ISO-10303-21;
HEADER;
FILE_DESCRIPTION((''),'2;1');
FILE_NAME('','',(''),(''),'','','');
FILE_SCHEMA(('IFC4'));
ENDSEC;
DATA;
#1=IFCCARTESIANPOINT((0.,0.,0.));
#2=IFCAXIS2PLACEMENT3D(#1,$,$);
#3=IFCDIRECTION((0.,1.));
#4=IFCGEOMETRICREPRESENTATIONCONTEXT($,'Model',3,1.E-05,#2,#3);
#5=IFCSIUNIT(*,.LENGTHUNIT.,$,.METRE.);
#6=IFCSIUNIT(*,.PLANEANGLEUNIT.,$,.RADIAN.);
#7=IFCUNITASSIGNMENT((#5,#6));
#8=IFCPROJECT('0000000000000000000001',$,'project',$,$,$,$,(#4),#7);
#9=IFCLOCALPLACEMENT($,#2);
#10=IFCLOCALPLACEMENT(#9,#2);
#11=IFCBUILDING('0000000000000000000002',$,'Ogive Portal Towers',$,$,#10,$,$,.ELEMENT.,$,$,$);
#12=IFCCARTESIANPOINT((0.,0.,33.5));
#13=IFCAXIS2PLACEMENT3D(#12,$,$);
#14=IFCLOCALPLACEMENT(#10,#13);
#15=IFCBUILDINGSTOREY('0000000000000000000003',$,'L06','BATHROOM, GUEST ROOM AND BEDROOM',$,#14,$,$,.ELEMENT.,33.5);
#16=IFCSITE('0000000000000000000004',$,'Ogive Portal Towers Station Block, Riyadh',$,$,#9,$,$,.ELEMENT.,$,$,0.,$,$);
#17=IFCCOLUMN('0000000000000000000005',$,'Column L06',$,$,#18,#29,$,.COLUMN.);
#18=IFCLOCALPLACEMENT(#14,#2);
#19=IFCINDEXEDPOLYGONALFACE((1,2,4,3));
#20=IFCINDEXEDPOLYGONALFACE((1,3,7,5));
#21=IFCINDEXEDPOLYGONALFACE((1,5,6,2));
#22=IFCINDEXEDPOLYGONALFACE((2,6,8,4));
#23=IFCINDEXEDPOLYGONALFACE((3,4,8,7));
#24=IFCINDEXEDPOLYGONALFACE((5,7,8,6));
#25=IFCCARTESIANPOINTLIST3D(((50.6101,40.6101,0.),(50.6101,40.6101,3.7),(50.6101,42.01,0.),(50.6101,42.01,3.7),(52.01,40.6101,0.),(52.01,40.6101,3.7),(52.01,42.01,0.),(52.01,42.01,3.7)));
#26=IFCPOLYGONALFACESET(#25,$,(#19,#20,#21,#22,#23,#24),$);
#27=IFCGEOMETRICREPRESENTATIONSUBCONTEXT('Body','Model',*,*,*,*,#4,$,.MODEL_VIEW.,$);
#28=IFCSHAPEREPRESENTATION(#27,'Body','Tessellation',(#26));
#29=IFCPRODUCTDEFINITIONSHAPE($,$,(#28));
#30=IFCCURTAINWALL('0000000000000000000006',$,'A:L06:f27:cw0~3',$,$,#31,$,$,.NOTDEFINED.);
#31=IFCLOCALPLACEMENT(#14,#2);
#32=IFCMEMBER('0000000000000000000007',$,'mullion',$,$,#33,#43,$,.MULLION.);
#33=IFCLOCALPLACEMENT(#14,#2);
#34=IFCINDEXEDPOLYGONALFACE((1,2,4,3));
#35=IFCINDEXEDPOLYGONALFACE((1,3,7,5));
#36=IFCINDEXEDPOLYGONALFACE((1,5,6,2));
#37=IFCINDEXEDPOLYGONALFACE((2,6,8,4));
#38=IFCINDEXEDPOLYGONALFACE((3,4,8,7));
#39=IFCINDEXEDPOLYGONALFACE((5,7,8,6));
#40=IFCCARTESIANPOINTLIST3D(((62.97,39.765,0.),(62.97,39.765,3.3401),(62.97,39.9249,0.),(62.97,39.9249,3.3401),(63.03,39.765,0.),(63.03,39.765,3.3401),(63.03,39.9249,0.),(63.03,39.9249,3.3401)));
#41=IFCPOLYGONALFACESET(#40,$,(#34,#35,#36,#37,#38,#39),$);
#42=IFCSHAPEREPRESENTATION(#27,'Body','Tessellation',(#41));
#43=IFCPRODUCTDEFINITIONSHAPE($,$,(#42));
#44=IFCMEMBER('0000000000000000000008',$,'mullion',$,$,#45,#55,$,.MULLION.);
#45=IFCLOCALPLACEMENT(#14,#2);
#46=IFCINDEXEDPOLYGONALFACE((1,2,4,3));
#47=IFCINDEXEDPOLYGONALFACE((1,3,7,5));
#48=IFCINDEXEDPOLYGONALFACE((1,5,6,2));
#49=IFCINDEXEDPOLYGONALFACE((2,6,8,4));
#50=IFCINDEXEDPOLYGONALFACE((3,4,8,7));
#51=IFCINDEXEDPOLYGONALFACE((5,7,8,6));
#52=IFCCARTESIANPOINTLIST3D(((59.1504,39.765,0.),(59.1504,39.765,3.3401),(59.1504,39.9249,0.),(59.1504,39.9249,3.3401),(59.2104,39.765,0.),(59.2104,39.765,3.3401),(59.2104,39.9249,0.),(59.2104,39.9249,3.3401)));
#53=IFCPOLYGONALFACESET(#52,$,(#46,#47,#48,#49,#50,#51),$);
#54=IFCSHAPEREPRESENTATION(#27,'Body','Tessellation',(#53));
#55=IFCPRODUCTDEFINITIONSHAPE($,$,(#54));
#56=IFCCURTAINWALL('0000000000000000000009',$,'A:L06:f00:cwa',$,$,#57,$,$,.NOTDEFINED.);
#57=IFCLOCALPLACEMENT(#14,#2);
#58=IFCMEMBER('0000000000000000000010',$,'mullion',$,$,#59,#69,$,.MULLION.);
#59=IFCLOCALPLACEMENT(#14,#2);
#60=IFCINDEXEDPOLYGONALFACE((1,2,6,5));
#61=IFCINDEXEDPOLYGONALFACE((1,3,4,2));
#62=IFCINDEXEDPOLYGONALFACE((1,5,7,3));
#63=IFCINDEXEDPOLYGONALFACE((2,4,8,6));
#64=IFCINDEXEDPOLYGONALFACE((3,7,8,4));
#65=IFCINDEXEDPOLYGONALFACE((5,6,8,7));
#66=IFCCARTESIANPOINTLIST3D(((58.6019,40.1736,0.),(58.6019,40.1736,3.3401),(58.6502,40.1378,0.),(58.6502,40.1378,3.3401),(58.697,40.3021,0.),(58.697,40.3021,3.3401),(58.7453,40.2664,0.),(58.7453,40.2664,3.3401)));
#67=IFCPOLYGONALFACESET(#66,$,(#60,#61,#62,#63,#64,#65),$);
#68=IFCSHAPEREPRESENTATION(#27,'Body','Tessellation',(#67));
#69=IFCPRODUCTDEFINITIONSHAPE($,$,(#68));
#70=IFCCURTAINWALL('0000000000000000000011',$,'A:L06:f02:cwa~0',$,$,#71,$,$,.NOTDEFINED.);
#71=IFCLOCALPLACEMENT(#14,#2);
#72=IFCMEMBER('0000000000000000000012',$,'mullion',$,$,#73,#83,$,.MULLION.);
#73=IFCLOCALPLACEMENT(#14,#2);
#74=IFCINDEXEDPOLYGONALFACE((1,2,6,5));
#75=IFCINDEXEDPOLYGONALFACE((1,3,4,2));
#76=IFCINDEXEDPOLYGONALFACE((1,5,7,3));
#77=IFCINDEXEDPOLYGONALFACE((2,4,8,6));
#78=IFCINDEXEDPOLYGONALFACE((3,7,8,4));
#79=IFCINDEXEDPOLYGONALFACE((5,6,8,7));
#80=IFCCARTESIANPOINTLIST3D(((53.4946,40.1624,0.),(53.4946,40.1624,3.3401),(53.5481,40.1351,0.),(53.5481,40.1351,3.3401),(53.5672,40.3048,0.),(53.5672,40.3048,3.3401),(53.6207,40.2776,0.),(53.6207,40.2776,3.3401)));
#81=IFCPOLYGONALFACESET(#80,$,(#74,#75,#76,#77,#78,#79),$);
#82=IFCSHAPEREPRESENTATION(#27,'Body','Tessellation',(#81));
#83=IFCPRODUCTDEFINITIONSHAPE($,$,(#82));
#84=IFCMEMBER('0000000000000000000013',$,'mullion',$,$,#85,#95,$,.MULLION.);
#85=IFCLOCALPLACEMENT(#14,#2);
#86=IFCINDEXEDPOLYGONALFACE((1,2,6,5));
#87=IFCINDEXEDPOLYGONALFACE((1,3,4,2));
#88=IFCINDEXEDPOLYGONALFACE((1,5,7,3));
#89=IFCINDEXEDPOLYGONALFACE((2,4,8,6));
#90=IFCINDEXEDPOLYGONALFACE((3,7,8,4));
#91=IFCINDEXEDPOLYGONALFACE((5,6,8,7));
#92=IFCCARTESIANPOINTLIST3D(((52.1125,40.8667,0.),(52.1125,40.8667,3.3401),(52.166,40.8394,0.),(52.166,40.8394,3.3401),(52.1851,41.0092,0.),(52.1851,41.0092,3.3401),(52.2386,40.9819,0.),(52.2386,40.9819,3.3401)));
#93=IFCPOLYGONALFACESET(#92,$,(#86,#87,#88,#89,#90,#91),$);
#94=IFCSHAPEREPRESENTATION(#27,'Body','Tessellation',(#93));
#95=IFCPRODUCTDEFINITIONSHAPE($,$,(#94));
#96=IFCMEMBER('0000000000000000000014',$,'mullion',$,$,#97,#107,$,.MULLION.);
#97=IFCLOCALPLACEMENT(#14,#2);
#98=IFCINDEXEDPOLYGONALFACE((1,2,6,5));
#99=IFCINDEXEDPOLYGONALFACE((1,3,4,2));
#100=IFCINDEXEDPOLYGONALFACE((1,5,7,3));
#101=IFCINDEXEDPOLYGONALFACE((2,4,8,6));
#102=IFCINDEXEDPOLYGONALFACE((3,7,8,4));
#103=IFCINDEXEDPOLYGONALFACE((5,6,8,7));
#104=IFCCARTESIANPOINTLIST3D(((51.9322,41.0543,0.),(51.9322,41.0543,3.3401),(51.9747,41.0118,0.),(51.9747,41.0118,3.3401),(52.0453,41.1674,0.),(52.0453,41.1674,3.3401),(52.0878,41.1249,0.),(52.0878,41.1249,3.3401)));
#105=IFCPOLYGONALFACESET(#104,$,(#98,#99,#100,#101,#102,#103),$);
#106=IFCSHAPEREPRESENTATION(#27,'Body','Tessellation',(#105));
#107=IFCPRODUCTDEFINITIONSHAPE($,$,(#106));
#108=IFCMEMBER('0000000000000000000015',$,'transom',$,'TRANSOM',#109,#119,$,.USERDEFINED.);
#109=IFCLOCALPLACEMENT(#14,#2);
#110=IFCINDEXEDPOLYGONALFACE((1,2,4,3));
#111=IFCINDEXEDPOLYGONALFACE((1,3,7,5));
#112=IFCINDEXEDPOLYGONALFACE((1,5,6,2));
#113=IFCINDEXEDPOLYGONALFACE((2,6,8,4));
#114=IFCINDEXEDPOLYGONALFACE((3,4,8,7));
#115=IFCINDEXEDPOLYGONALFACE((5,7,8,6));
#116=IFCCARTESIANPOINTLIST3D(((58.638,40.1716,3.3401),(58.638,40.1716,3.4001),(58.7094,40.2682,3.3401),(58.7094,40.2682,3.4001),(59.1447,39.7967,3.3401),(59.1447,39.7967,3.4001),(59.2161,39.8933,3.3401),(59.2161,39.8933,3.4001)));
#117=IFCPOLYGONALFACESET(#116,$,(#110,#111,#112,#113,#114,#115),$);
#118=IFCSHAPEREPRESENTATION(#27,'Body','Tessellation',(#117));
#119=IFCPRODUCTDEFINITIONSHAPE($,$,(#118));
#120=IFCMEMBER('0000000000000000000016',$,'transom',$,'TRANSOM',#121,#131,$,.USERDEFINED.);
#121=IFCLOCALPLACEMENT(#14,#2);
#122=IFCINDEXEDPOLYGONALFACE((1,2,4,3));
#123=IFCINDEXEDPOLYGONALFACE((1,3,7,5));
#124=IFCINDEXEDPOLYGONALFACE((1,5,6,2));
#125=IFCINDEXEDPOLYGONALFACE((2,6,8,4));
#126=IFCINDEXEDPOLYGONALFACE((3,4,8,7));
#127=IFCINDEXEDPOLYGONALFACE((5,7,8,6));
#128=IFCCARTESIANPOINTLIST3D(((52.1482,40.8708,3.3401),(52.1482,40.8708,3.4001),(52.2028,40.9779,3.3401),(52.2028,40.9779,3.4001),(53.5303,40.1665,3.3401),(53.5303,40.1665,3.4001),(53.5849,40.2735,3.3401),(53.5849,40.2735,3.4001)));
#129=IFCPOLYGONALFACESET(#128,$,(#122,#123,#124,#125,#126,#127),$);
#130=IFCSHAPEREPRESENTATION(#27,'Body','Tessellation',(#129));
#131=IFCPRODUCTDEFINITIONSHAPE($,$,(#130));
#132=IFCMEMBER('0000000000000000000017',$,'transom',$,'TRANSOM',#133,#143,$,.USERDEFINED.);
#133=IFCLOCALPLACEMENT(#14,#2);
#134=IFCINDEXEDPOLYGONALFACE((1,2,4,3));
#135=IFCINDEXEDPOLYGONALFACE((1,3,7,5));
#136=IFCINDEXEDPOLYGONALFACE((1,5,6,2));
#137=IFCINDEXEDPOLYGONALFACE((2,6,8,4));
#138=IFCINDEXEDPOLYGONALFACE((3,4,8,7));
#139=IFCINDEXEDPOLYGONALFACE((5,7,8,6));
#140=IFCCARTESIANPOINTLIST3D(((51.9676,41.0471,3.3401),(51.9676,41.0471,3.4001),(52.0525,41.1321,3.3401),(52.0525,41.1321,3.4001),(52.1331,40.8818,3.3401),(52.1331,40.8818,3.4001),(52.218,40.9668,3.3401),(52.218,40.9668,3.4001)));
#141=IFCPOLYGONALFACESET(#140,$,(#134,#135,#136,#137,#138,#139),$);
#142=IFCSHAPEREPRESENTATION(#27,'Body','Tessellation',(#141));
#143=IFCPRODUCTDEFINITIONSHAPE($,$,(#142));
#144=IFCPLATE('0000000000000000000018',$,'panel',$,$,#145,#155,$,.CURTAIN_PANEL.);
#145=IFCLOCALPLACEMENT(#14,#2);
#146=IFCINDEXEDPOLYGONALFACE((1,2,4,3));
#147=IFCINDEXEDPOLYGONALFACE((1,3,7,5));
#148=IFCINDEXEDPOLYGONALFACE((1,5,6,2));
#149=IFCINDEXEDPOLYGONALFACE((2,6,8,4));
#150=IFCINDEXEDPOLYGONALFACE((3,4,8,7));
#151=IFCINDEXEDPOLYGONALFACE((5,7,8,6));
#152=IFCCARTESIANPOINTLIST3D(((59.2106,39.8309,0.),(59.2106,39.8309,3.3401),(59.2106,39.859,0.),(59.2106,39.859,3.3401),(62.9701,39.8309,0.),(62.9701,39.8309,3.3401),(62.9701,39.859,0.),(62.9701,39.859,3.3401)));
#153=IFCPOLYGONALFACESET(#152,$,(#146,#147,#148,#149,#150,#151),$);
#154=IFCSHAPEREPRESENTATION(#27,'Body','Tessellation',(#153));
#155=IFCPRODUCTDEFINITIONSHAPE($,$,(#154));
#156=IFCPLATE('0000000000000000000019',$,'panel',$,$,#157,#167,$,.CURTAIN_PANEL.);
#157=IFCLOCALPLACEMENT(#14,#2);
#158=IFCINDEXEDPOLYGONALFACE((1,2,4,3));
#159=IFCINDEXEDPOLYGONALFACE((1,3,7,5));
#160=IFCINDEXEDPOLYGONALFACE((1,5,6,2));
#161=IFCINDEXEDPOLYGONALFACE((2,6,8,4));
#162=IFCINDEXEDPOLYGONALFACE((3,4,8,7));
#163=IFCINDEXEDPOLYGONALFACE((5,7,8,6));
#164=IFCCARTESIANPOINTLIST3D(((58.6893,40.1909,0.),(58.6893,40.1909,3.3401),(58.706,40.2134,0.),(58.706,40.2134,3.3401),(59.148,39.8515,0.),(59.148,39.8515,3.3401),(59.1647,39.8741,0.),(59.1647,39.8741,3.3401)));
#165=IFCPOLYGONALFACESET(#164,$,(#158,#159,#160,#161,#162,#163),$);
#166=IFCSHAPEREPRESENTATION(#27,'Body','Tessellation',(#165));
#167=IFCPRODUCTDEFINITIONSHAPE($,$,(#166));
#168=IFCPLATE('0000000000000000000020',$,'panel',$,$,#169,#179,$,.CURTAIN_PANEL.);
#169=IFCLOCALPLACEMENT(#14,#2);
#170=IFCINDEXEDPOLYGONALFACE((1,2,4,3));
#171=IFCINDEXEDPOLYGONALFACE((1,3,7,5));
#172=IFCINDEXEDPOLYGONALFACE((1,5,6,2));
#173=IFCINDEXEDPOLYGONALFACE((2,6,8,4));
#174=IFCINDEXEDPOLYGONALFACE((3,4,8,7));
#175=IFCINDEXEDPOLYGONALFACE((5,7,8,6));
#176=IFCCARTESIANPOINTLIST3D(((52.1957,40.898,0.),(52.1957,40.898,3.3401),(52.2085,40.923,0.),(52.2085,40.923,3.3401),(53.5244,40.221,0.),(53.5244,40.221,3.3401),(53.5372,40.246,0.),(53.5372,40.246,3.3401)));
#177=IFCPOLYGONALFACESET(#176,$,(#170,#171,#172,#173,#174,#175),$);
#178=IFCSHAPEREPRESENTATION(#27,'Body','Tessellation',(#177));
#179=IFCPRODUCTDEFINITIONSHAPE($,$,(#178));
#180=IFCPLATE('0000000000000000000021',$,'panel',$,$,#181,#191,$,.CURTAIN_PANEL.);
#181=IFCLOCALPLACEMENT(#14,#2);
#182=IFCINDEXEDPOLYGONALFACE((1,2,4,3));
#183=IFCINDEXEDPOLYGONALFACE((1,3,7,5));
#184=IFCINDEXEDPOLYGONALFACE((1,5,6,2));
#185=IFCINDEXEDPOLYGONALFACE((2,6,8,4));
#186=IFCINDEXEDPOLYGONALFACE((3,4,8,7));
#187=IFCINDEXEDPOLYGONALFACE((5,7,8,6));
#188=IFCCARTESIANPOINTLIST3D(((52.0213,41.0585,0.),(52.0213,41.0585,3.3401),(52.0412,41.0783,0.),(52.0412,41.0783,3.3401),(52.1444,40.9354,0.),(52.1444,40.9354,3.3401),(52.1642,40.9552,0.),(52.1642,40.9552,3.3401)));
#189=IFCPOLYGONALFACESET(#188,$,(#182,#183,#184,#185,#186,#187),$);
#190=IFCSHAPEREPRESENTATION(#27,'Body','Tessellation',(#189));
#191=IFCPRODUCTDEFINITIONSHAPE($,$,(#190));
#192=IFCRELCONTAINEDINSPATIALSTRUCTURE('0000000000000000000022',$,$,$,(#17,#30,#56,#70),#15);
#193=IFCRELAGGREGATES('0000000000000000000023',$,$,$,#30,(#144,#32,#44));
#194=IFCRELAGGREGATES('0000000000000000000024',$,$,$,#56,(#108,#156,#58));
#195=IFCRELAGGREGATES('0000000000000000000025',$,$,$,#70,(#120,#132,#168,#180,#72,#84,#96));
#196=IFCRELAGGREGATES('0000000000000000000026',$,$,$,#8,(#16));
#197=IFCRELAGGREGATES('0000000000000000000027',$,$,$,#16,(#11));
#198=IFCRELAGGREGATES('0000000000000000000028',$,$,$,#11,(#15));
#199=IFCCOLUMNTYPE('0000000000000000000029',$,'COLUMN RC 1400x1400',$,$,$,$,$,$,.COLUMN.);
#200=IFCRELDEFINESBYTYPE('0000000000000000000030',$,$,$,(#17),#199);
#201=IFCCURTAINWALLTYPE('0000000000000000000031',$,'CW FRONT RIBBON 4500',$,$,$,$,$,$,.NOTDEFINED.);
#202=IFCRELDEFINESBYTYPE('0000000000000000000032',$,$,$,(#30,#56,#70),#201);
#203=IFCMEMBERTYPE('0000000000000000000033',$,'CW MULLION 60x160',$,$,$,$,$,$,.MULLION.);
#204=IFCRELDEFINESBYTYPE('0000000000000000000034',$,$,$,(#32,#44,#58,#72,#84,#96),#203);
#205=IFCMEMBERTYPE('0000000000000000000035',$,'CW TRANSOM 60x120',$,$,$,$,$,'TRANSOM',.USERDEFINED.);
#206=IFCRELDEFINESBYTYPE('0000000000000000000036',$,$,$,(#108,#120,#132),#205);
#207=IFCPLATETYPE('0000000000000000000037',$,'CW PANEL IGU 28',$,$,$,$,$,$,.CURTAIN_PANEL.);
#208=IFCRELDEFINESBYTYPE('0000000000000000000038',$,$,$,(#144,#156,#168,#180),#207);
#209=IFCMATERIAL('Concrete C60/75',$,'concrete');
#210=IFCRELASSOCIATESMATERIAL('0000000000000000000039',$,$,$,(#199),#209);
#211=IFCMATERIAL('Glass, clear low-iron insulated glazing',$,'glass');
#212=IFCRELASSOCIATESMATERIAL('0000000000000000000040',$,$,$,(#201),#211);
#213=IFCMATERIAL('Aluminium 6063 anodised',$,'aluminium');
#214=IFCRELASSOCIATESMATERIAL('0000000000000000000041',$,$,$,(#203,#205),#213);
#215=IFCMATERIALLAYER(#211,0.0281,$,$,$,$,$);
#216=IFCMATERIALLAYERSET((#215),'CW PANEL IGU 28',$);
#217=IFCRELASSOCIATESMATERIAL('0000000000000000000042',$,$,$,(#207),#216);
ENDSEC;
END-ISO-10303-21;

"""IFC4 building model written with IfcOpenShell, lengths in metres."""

from ifc_helpers import new_model, si_unit, direction, frame, origin, origin_2d, place, context, subcontext, project, spatial, rectangle, extrude, material, layer, layer_set, material_profile, profile_set, type_object, element, aggregate, save


model = new_model("IFC4")

# Units and contexts
model_context = context("Model", 3, precision=1e-05, world=origin(), true_north=direction((0.0, 1.0)))
body_context = subcontext(model_context, "Body", "Model", "MODEL_VIEW")
ifc_project = project(units=[si_unit("LENGTHUNIT", "METRE"), si_unit("PLANEANGLEUNIT", "RADIAN")], contexts=[model_context])

# Site, building, storey
site_placement = place(None, origin())
site = spatial("IfcSite", under=ifc_project, at=site_placement, Name="Ogive Portal Towers Station Block, Riyadh", CompositionType="ELEMENT", RefElevation=0.0)
building_placement = place(site_placement, origin())
building = spatial("IfcBuilding", under=site, at=building_placement, Name="Ogive Portal Towers", CompositionType="ELEMENT")
storey_placement = place(building_placement, frame((0.0, 0.0, 33.5)))
storey = spatial("IfcBuildingStorey", under=building, at=storey_placement, Name="L06", Description="BATHROOM, GUEST ROOM AND BEDROOM", CompositionType="ELEMENT", Elevation=33.5)

# Column
ifc_material_1 = material(Name="Concrete C60/75", Category="concrete")
ifc_material_profile_1 = material_profile(ifc_material_1, rectangle(XDim=1.3999, YDim=1.3999, at=origin_2d()), Name="RC 1400x1400")
ifc_profile_set_1 = profile_set([ifc_material_profile_1], Name="Concrete C60/75")
column_type = type_object("IfcColumnType", Name="COLUMN RC 1400x1400", PredefinedType="COLUMN", material=ifc_profile_set_1)
column_placement = place(storey_placement, frame((51.3101, 41.3101, 0.0), z_axis=(0.0, 0.0, 1.0), x_axis=(1.0, 0.0, 0.0)))
element("IfcColumn", 1, at=column_placement, inside=storey, type_object=column_type, Name="Column L06", PredefinedType="COLUMN", context=body_context, shape_type="SweptSolid", body=[
    extrude(rectangle(XDim=1.3999, YDim=1.3999, at=origin_2d()), origin(), (0.0, 0.0, 1.0), 3.7),
])

# Curtain wall, members
ifc_material_2 = material(Name="Glass, clear low-iron insulated glazing", Category="glass")
curtain_wall_type = type_object("IfcCurtainWallType", Name="CW FRONT RIBBON 4500", PredefinedType="NOTDEFINED", material=ifc_material_2)
curtain_wall_1_placement = place(storey_placement, origin())
curtain_wall_1 = element("IfcCurtainWall", 2, at=curtain_wall_1_placement, inside=storey, type_object=curtain_wall_type, Name="A:L06:f27:cw0~3", PredefinedType="NOTDEFINED")
ifc_material_3 = material(Name="Aluminium 6063 anodised", Category="aluminium")
ifc_material_profile_2 = material_profile(ifc_material_3, rectangle(XDim=0.1599, YDim=0.0601, at=origin_2d()), Name="AL 60x160")
ifc_profile_set_2 = profile_set([ifc_material_profile_2], Name="Aluminium 6063 anodised")
member_type_1 = type_object("IfcMemberType", Name="CW MULLION 60x160", PredefinedType="MULLION", material=ifc_profile_set_2)
member_1_placement = place(storey_placement, frame((63.0, 39.845, 0.0), z_axis=(0.0, 0.0, 1.0), x_axis=(0.0, -1.0, 0.0)))
member_1 = element("IfcMember", 3, at=member_1_placement, type_object=member_type_1, Name="mullion", PredefinedType="MULLION", context=body_context, shape_type="SweptSolid", body=[
    extrude(rectangle(XDim=0.1599, YDim=0.0601, at=origin_2d()), origin(), (0.0, 0.0, 1.0), 3.3401),
])
member_2_placement = place(storey_placement, frame((59.1804, 39.845, 0.0), z_axis=(0.0, 0.0, 1.0), x_axis=(0.0, -1.0, 0.0)))
member_2 = element("IfcMember", 4, at=member_2_placement, type_object=member_type_1, Name="mullion", PredefinedType="MULLION", context=body_context, shape_type="SweptSolid", body=[
    extrude(rectangle(XDim=0.1599, YDim=0.0601, at=origin_2d()), origin(), (0.0, 0.0, 1.0), 3.3401),
])

# Curtain wall, member
curtain_wall_2_placement = place(storey_placement, origin())
curtain_wall_2 = element("IfcCurtainWall", 5, at=curtain_wall_2_placement, inside=storey, type_object=curtain_wall_type, Name="A:L06:f00:cwa", PredefinedType="NOTDEFINED")
member_3_placement = place(storey_placement, frame((58.6736, 40.22, 0.0), z_axis=(0.0, 0.0, 1.0), x_axis=(-0.594809, -0.803867, 0.0)))
member_3 = element("IfcMember", 6, at=member_3_placement, type_object=member_type_1, Name="mullion", PredefinedType="MULLION", context=body_context, shape_type="SweptSolid", body=[
    extrude(rectangle(XDim=0.1599, YDim=0.0601, at=origin_2d()), origin(), (0.0, 0.0, 1.0), 3.3401),
])

# Curtain wall, members
curtain_wall_3_placement = place(storey_placement, origin())
curtain_wall_3 = element("IfcCurtainWall", 7, at=curtain_wall_3_placement, inside=storey, type_object=curtain_wall_type, Name="A:L06:f02:cwa~0", PredefinedType="NOTDEFINED")
member_4_placement = place(storey_placement, frame((53.5576, 40.22, 0.0), z_axis=(0.0, 0.0, 1.0), x_axis=(-0.45399, -0.891007, 0.0)))
member_4 = element("IfcMember", 8, at=member_4_placement, type_object=member_type_1, Name="mullion", PredefinedType="MULLION", context=body_context, shape_type="SweptSolid", body=[
    extrude(rectangle(XDim=0.1599, YDim=0.0601, at=origin_2d()), origin(), (0.0, 0.0, 1.0), 3.3401),
])
member_5_placement = place(storey_placement, frame((52.1755, 40.9243, 0.0), z_axis=(0.0, 0.0, 1.0), x_axis=(-0.45399, -0.891007, 0.0)))
member_5 = element("IfcMember", 9, at=member_5_placement, type_object=member_type_1, Name="mullion", PredefinedType="MULLION", context=body_context, shape_type="SweptSolid", body=[
    extrude(rectangle(XDim=0.1599, YDim=0.0601, at=origin_2d()), origin(), (0.0, 0.0, 1.0), 3.3401),
])
member_6_placement = place(storey_placement, frame((52.01, 41.0896, 0.0), z_axis=(0.0, 0.0, 1.0), x_axis=(-0.707107, -0.707107, 0.0)))
member_6 = element("IfcMember", 10, at=member_6_placement, type_object=member_type_1, Name="mullion", PredefinedType="MULLION", context=body_context, shape_type="SweptSolid", body=[
    extrude(rectangle(XDim=0.1599, YDim=0.0601, at=origin_2d()), origin(), (0.0, 0.0, 1.0), 3.3401),
])

# Members
ifc_material_profile_3 = material_profile(ifc_material_3, rectangle(XDim=0.1201, YDim=0.0601, at=origin_2d()), Name="AL 120x60")
ifc_profile_set_3 = profile_set([ifc_material_profile_3], Name="Aluminium 6063 anodised")
member_type_2 = type_object("IfcMemberType", Name="CW TRANSOM 60x120", ElementType="TRANSOM", PredefinedType="USERDEFINED", material=ifc_profile_set_3)
member_7_placement = place(storey_placement, frame((59.1804, 39.845, 3.3701), z_axis=(-0.803886, 0.594783, 0.0), x_axis=(-0.594783, -0.803886, 0.0)))
member_7 = element("IfcMember", 11, at=member_7_placement, type_object=member_type_2, Name="transom", ObjectType="TRANSOM", PredefinedType="USERDEFINED", context=body_context, shape_type="SweptSolid", body=[
    extrude(rectangle(XDim=0.1201, YDim=0.0601, at=origin_2d()), origin(), (0.0, 0.0, 1.0), 0.6304),
])
member_8_placement = place(storey_placement, frame((53.5576, 40.22, 3.3701), z_axis=(-0.89097, 0.454063, 0.0), x_axis=(-0.454063, -0.89097, 0.0)))
member_8 = element("IfcMember", 12, at=member_8_placement, type_object=member_type_2, Name="transom", ObjectType="TRANSOM", PredefinedType="USERDEFINED", context=body_context, shape_type="SweptSolid", body=[
    extrude(rectangle(XDim=0.1201, YDim=0.0601, at=origin_2d()), origin(), (0.0, 0.0, 1.0), 1.5513),
])
member_9_placement = place(storey_placement, frame((52.1755, 40.9243, 3.3701), z_axis=(-0.707628, 0.706585, 0.0), x_axis=(-0.706585, -0.707628, 0.0)))
member_9 = element("IfcMember", 13, at=member_9_placement, type_object=member_type_2, Name="transom", ObjectType="TRANSOM", PredefinedType="USERDEFINED", context=body_context, shape_type="SweptSolid", body=[
    extrude(rectangle(XDim=0.1201, YDim=0.0601, at=origin_2d()), origin(), (0.0, 0.0, 1.0), 0.2339),
])

# Plates
ifc_layer_1 = layer(ifc_material_2, 0.0281)
ifc_layer_set_1 = layer_set([ifc_layer_1], Name="CW PANEL IGU 28")
plate_type = type_object("IfcPlateType", Name="CW PANEL IGU 28", PredefinedType="CURTAIN_PANEL", material=ifc_layer_set_1)
plate_1_placement = place(storey_placement, frame((61.0903, 39.845, 0.0), z_axis=(0.0, 0.0, 1.0), x_axis=(-1.0, 0.0, 0.0)))
plate_1 = element("IfcPlate", 14, at=plate_1_placement, type_object=plate_type, Name="panel", PredefinedType="CURTAIN_PANEL", context=body_context, shape_type="SweptSolid", body=[
    extrude(rectangle(XDim=3.7595, YDim=0.0281, at=origin_2d()), origin(), (0.0, 0.0, 1.0), 3.3401),
])
aggregate(curtain_wall_1, [plate_1, member_1, member_2])
plate_2_placement = place(storey_placement, frame((58.927, 40.0325, 0.0), z_axis=(0.0, 0.0, 1.0), x_axis=(-0.803867, 0.594809, 0.0)))
plate_2 = element("IfcPlate", 15, at=plate_2_placement, type_object=plate_type, Name="panel", PredefinedType="CURTAIN_PANEL", context=body_context, shape_type="SweptSolid", body=[
    extrude(rectangle(XDim=0.5706, YDim=0.0281, at=origin_2d()), origin(), (0.0, 0.0, 1.0), 3.3401),
])
aggregate(curtain_wall_2, [member_7, plate_2, member_3])
plate_3_placement = place(storey_placement, frame((52.8665, 40.572, 0.0), z_axis=(0.0, 0.0, 1.0), x_axis=(-0.891007, 0.45399, 0.0)))
plate_3 = element("IfcPlate", 16, at=plate_3_placement, type_object=plate_type, Name="panel", PredefinedType="CURTAIN_PANEL", context=body_context, shape_type="SweptSolid", body=[
    extrude(rectangle(XDim=1.4912, YDim=0.0281, at=origin_2d()), origin(), (0.0, 0.0, 1.0), 3.3401),
])
plate_4_placement = place(storey_placement, frame((52.0928, 41.0068, 0.0), z_axis=(0.0, 0.0, 1.0), x_axis=(-0.707107, 0.707107, 0.0)))
plate_4 = element("IfcPlate", 17, at=plate_4_placement, type_object=plate_type, Name="panel", PredefinedType="CURTAIN_PANEL", context=body_context, shape_type="SweptSolid", body=[
    extrude(rectangle(XDim=0.1741, YDim=0.0281, at=origin_2d()), origin(), (0.0, 0.0, 1.0), 3.3401),
])
aggregate(curtain_wall_3, [member_8, member_9, plate_3, plate_4, member_4, member_5, member_6])

save(model, "model.ifc")
